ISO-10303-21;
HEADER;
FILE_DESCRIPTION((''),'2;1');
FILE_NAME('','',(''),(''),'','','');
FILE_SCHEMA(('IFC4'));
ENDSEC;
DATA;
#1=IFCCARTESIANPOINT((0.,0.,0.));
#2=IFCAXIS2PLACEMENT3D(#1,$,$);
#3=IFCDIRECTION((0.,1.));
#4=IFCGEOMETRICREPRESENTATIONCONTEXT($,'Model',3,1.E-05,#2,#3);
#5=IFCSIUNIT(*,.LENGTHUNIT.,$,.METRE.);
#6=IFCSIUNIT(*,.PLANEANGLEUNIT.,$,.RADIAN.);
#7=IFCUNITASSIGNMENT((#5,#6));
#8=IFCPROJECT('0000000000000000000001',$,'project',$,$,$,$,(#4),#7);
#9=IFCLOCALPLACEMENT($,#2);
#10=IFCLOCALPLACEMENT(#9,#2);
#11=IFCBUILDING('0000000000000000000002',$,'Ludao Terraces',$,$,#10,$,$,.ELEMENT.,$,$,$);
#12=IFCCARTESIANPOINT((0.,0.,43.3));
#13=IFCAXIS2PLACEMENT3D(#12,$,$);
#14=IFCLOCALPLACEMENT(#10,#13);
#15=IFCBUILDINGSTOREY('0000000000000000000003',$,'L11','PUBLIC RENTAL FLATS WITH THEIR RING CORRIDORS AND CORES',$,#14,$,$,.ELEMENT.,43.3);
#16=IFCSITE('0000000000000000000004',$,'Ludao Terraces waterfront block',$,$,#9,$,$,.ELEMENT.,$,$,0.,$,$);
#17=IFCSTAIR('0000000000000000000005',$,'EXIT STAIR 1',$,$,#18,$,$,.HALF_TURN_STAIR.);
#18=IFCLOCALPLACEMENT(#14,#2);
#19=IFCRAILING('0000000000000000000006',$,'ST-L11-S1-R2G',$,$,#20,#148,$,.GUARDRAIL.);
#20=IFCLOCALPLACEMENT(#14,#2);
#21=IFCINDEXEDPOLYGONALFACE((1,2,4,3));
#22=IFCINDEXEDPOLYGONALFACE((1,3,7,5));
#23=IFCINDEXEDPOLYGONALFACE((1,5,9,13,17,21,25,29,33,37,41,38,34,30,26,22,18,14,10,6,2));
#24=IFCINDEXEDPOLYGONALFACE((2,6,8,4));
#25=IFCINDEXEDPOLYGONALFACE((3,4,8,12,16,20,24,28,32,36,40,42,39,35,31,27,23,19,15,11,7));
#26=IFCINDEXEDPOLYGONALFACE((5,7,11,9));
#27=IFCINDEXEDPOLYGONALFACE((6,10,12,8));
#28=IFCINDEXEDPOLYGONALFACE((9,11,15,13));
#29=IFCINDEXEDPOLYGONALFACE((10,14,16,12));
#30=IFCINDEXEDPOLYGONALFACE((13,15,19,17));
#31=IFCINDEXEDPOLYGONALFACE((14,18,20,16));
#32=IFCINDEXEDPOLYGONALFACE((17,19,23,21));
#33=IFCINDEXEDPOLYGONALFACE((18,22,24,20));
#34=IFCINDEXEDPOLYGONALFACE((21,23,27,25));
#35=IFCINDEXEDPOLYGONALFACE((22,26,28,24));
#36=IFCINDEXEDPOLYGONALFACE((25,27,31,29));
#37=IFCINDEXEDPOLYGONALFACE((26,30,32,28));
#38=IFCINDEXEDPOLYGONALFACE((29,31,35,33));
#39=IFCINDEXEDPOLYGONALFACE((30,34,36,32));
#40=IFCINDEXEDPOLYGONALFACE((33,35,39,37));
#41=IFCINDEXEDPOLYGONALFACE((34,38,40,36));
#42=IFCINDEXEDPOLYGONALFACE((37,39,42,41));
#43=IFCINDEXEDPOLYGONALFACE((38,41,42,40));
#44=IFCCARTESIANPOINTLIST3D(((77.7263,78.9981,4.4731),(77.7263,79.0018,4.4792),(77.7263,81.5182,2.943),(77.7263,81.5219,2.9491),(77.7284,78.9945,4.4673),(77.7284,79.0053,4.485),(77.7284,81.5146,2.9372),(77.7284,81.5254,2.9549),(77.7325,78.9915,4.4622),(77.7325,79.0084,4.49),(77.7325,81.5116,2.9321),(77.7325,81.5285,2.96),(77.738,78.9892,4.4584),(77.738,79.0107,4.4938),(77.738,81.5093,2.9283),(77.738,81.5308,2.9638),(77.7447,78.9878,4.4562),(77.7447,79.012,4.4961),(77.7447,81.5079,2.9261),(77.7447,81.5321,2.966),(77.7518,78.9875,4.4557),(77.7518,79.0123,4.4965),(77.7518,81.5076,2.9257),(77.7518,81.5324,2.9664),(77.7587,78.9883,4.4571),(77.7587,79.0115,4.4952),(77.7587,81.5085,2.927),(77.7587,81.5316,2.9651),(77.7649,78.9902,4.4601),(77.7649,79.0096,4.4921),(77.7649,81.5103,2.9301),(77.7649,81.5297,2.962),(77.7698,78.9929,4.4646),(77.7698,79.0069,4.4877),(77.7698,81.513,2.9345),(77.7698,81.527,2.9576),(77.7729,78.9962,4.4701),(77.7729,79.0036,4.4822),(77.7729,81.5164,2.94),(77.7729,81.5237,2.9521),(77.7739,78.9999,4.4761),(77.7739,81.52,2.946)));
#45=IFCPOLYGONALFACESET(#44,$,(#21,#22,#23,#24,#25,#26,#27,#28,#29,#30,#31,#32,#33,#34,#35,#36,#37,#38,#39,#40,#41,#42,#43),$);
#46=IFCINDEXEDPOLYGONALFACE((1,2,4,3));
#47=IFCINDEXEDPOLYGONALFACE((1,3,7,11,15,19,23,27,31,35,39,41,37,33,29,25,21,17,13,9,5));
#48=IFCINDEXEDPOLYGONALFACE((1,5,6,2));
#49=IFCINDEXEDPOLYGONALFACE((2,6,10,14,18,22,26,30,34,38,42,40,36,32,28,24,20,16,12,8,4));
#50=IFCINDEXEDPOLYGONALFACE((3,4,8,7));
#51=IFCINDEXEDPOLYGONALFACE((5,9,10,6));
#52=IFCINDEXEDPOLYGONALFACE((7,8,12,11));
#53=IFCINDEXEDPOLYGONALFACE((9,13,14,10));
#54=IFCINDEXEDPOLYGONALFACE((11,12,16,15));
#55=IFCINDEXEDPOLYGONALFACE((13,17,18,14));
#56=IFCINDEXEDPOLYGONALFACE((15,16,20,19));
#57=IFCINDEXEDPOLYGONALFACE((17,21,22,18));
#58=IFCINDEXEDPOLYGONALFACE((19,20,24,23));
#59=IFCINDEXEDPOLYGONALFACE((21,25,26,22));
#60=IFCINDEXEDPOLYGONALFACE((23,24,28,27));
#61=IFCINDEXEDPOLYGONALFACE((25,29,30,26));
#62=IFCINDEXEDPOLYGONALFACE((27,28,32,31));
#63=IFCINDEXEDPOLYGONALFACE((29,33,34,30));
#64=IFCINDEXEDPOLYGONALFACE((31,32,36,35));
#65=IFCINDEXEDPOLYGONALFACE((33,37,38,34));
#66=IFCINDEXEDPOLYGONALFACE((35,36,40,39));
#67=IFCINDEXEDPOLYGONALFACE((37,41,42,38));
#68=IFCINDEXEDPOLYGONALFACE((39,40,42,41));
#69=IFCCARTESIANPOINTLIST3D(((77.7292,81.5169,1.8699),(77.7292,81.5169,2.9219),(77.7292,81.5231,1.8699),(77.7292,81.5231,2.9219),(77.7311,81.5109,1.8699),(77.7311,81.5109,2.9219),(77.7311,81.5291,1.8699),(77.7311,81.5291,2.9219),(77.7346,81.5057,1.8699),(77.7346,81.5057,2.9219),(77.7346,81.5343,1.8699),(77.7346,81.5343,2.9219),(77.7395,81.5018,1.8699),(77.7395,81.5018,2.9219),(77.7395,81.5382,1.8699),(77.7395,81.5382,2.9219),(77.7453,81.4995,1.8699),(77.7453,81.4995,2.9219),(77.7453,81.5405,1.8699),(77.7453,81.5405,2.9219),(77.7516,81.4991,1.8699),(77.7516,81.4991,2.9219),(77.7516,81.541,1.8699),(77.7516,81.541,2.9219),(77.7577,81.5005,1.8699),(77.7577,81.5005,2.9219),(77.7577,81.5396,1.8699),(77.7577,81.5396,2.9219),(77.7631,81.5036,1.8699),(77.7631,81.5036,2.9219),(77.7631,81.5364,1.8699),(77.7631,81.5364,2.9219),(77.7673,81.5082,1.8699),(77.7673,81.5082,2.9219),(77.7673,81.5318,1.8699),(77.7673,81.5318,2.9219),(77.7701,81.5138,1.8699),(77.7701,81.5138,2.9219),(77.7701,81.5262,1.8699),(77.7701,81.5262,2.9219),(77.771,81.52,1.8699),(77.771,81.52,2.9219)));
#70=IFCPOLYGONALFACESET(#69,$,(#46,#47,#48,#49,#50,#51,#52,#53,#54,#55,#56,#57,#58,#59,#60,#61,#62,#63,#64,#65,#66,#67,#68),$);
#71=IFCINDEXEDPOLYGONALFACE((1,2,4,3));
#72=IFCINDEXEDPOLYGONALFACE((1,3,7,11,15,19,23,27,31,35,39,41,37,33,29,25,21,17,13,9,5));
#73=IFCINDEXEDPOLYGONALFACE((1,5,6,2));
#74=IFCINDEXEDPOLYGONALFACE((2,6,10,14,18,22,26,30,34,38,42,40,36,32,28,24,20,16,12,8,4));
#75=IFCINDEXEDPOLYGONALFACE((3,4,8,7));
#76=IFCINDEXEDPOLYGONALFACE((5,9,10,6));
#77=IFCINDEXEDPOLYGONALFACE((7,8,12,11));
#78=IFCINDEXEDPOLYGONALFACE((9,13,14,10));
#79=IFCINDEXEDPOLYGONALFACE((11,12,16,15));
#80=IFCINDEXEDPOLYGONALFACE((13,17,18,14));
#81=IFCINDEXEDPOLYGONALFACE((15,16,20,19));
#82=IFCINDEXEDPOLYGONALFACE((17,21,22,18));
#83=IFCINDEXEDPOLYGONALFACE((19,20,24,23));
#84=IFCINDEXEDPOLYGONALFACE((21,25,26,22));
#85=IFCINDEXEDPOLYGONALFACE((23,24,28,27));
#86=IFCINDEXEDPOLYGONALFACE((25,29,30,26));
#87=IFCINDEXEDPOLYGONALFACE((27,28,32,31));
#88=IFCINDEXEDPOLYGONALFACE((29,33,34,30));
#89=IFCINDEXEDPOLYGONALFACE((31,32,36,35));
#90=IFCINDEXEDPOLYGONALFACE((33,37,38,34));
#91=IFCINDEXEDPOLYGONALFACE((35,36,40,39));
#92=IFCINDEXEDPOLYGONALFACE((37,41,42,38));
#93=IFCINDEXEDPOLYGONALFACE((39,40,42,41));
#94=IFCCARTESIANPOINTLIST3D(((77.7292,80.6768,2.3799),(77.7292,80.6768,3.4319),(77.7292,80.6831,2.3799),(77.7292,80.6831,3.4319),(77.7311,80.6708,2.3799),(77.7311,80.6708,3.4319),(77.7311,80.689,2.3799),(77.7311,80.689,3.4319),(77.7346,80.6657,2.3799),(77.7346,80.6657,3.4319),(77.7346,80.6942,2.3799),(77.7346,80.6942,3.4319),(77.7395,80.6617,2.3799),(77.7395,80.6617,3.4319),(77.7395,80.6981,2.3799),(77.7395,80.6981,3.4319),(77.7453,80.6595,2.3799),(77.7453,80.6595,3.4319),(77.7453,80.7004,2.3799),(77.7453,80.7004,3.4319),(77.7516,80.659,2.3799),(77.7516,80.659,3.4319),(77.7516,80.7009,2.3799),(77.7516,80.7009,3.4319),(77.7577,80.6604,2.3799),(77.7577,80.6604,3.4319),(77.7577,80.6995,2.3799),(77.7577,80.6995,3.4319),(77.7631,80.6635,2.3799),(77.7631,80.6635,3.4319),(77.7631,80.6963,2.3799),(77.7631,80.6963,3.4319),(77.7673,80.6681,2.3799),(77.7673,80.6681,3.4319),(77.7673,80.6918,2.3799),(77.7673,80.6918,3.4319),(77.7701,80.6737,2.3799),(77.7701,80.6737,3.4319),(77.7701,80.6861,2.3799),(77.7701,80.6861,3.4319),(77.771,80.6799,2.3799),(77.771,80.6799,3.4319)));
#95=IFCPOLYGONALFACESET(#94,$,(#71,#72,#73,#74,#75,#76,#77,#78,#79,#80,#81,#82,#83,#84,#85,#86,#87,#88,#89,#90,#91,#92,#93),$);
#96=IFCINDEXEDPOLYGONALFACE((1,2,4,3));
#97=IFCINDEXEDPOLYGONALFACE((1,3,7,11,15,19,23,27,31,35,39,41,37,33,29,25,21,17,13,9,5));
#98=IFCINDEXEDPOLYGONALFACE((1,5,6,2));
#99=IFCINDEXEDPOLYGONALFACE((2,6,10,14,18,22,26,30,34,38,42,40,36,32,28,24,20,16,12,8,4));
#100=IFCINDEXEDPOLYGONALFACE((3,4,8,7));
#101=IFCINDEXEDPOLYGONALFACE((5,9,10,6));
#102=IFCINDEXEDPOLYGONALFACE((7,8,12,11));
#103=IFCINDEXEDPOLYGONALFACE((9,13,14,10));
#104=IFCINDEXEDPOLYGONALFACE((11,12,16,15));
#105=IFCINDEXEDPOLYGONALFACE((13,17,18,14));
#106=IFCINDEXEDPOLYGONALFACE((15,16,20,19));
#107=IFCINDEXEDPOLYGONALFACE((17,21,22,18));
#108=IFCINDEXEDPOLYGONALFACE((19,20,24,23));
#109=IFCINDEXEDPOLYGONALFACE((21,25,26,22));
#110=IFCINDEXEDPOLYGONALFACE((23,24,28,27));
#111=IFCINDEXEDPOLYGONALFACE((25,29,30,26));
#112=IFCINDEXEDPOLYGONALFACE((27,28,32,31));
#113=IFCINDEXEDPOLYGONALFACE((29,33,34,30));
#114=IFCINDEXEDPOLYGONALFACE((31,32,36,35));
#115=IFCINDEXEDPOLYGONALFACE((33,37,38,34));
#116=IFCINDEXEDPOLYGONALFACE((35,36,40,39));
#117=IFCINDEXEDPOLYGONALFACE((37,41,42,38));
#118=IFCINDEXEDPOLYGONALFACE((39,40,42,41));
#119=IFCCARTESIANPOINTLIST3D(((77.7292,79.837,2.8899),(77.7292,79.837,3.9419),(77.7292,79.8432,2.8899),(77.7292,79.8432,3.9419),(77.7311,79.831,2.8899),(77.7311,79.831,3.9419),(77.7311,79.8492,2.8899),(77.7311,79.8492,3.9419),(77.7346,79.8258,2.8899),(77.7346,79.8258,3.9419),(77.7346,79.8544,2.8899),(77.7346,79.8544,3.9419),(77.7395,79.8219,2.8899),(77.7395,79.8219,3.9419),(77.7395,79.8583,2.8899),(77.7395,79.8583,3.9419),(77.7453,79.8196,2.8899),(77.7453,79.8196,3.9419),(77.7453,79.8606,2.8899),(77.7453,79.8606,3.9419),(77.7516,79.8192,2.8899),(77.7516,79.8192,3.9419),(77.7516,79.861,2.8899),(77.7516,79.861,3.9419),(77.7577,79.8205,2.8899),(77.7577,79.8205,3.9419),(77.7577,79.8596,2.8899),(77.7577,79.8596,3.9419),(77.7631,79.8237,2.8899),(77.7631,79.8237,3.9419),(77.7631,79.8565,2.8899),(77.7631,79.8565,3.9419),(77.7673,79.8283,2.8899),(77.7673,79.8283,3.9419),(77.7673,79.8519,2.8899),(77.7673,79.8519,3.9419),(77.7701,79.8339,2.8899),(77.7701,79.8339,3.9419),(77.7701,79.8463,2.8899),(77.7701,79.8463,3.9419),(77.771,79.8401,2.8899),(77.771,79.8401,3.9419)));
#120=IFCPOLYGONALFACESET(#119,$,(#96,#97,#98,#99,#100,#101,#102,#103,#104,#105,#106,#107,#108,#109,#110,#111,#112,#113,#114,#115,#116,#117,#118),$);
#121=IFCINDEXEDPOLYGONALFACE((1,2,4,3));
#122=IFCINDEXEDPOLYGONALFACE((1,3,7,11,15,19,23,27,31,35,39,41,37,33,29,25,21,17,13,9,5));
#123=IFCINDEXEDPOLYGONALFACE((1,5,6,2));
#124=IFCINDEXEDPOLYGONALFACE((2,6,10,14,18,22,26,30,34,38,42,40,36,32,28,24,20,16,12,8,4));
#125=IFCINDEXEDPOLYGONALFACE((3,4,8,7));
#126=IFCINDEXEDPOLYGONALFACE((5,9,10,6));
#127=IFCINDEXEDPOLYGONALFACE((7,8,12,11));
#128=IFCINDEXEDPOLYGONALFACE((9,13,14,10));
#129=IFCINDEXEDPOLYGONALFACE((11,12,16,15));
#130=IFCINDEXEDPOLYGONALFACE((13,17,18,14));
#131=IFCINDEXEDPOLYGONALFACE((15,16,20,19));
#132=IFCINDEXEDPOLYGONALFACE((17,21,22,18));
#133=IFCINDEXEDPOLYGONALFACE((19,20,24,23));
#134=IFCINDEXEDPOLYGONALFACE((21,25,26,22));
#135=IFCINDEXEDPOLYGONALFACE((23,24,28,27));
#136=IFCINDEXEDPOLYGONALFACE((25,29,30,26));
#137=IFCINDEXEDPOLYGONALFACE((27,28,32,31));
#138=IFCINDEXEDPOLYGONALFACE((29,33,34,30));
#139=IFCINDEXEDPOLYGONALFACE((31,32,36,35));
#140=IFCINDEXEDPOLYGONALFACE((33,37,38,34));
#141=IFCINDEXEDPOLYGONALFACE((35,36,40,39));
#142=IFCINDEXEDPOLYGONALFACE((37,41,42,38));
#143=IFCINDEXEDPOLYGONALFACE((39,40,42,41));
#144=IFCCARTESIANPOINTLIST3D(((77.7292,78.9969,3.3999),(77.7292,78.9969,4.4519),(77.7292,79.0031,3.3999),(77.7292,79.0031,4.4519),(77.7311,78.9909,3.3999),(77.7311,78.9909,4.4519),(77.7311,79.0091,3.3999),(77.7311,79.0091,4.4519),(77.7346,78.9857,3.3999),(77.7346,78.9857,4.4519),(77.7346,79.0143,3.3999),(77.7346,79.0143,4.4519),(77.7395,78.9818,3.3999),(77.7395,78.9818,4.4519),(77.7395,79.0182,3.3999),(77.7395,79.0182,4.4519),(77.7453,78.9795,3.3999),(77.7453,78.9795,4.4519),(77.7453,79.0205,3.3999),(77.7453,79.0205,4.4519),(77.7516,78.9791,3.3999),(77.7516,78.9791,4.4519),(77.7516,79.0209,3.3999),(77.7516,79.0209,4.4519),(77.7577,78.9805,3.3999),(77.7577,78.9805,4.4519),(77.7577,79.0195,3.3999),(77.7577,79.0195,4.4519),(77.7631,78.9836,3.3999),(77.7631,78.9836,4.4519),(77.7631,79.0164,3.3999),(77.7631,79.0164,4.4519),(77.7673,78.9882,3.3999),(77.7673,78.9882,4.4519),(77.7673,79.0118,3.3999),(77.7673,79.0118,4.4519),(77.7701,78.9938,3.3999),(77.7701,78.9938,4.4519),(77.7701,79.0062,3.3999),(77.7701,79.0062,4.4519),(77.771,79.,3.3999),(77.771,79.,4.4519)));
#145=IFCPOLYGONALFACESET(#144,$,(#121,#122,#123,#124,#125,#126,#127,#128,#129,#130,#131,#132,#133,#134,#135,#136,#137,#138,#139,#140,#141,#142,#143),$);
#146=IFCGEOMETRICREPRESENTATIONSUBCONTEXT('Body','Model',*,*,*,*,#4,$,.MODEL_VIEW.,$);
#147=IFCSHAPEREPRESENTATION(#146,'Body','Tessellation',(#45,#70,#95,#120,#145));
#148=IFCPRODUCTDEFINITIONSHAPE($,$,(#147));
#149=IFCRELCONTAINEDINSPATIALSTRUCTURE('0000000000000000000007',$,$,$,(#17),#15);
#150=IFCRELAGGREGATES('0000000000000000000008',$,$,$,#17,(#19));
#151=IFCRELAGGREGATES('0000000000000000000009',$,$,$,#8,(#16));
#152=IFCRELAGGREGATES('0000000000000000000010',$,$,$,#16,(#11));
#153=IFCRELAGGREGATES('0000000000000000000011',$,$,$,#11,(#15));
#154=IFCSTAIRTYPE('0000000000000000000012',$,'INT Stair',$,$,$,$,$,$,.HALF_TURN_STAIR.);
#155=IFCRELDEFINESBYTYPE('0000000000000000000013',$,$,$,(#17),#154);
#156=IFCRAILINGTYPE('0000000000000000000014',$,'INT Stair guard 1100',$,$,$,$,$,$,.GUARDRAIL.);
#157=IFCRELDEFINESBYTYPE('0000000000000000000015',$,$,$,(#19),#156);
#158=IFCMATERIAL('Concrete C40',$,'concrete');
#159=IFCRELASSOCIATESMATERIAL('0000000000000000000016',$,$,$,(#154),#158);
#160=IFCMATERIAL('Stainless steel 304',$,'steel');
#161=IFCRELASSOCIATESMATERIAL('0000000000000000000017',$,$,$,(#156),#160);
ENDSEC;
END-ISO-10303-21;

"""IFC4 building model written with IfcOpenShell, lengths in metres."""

from ifc_helpers import new_model, si_unit, direction, frame, origin, origin_2d, place, context, subcontext, project, spatial, circle, extrude, material, type_object, element, aggregate, save


model = new_model("IFC4")

# Units and contexts
model_context = context("Model", 3, precision=1e-05, world=origin(), true_north=direction((0.0, 1.0)))
body_context = subcontext(model_context, "Body", "Model", "MODEL_VIEW")
ifc_project = project(units=[si_unit("LENGTHUNIT", "METRE"), si_unit("PLANEANGLEUNIT", "RADIAN")], contexts=[model_context])

# Site, building, storey
site_placement = place(None, origin())
site = spatial("IfcSite", under=ifc_project, at=site_placement, Name="Ludao Terraces waterfront block", CompositionType="ELEMENT", RefElevation=0.0)
building_placement = place(site_placement, origin())
building = spatial("IfcBuilding", under=site, at=building_placement, Name="Ludao Terraces", CompositionType="ELEMENT")
storey_placement = place(building_placement, frame((0.0, 0.0, 43.3)))
storey = spatial("IfcBuildingStorey", under=building, at=storey_placement, Name="L11", Description="PUBLIC RENTAL FLATS WITH THEIR RING CORRIDORS AND CORES", CompositionType="ELEMENT", Elevation=43.3)

# Shared definitions
ifc_material_1 = material(Name="Concrete C40", Category="concrete")

# Shared definitions
ifc_material_2 = material(Name="Stainless steel 304", Category="steel")

# Stair, railing
stair_type = type_object("IfcStairType", Name="INT Stair", PredefinedType="HALF_TURN_STAIR", material=ifc_material_1)
stair_placement = place(storey_placement, origin())
stair = element("IfcStair", 1, at=stair_placement, inside=storey, type_object=stair_type, Name="EXIT STAIR 1", PredefinedType="HALF_TURN_STAIR")
railing_type_1 = type_object("IfcRailingType", Name="INT Stair guard 1100", PredefinedType="GUARDRAIL", material=ifc_material_2)
railing_1_placement = place(storey_placement, frame((77.75, 81.52, 1.8699)))
railing_1 = element("IfcRailing", 2, at=railing_1_placement, type_object=railing_type_1, Name="ST-L11-S1-R2G", PredefinedType="GUARDRAIL", context=body_context, shape_type="SweptSolid", body=[
    extrude(circle(Radius=0.0239, at=origin_2d()), frame((0.0, 0.0, 1.0762), z_axis=(0.0, -0.854785, 0.518982), x_axis=(1.0, 0.0, 0.0)), (0.0, 0.0, 1.0), 2.9482),
    extrude(circle(Radius=0.021, at=origin_2d()), origin(), (0.0, 0.0, 1.0), 1.052),
    extrude(circle(Radius=0.021, at=origin_2d()), frame((0.0, -0.8401, 0.51)), (0.0, 0.0, 1.0), 1.052),
    extrude(circle(Radius=0.021, at=origin_2d()), frame((0.0, -1.6799, 1.02)), (0.0, 0.0, 1.0), 1.052),
    extrude(circle(Radius=0.021, at=origin_2d()), frame((0.0, -2.52, 1.53)), (0.0, 0.0, 1.0), 1.052),
])
aggregate(stair, [railing_1])

save(model, "model.ifc")
